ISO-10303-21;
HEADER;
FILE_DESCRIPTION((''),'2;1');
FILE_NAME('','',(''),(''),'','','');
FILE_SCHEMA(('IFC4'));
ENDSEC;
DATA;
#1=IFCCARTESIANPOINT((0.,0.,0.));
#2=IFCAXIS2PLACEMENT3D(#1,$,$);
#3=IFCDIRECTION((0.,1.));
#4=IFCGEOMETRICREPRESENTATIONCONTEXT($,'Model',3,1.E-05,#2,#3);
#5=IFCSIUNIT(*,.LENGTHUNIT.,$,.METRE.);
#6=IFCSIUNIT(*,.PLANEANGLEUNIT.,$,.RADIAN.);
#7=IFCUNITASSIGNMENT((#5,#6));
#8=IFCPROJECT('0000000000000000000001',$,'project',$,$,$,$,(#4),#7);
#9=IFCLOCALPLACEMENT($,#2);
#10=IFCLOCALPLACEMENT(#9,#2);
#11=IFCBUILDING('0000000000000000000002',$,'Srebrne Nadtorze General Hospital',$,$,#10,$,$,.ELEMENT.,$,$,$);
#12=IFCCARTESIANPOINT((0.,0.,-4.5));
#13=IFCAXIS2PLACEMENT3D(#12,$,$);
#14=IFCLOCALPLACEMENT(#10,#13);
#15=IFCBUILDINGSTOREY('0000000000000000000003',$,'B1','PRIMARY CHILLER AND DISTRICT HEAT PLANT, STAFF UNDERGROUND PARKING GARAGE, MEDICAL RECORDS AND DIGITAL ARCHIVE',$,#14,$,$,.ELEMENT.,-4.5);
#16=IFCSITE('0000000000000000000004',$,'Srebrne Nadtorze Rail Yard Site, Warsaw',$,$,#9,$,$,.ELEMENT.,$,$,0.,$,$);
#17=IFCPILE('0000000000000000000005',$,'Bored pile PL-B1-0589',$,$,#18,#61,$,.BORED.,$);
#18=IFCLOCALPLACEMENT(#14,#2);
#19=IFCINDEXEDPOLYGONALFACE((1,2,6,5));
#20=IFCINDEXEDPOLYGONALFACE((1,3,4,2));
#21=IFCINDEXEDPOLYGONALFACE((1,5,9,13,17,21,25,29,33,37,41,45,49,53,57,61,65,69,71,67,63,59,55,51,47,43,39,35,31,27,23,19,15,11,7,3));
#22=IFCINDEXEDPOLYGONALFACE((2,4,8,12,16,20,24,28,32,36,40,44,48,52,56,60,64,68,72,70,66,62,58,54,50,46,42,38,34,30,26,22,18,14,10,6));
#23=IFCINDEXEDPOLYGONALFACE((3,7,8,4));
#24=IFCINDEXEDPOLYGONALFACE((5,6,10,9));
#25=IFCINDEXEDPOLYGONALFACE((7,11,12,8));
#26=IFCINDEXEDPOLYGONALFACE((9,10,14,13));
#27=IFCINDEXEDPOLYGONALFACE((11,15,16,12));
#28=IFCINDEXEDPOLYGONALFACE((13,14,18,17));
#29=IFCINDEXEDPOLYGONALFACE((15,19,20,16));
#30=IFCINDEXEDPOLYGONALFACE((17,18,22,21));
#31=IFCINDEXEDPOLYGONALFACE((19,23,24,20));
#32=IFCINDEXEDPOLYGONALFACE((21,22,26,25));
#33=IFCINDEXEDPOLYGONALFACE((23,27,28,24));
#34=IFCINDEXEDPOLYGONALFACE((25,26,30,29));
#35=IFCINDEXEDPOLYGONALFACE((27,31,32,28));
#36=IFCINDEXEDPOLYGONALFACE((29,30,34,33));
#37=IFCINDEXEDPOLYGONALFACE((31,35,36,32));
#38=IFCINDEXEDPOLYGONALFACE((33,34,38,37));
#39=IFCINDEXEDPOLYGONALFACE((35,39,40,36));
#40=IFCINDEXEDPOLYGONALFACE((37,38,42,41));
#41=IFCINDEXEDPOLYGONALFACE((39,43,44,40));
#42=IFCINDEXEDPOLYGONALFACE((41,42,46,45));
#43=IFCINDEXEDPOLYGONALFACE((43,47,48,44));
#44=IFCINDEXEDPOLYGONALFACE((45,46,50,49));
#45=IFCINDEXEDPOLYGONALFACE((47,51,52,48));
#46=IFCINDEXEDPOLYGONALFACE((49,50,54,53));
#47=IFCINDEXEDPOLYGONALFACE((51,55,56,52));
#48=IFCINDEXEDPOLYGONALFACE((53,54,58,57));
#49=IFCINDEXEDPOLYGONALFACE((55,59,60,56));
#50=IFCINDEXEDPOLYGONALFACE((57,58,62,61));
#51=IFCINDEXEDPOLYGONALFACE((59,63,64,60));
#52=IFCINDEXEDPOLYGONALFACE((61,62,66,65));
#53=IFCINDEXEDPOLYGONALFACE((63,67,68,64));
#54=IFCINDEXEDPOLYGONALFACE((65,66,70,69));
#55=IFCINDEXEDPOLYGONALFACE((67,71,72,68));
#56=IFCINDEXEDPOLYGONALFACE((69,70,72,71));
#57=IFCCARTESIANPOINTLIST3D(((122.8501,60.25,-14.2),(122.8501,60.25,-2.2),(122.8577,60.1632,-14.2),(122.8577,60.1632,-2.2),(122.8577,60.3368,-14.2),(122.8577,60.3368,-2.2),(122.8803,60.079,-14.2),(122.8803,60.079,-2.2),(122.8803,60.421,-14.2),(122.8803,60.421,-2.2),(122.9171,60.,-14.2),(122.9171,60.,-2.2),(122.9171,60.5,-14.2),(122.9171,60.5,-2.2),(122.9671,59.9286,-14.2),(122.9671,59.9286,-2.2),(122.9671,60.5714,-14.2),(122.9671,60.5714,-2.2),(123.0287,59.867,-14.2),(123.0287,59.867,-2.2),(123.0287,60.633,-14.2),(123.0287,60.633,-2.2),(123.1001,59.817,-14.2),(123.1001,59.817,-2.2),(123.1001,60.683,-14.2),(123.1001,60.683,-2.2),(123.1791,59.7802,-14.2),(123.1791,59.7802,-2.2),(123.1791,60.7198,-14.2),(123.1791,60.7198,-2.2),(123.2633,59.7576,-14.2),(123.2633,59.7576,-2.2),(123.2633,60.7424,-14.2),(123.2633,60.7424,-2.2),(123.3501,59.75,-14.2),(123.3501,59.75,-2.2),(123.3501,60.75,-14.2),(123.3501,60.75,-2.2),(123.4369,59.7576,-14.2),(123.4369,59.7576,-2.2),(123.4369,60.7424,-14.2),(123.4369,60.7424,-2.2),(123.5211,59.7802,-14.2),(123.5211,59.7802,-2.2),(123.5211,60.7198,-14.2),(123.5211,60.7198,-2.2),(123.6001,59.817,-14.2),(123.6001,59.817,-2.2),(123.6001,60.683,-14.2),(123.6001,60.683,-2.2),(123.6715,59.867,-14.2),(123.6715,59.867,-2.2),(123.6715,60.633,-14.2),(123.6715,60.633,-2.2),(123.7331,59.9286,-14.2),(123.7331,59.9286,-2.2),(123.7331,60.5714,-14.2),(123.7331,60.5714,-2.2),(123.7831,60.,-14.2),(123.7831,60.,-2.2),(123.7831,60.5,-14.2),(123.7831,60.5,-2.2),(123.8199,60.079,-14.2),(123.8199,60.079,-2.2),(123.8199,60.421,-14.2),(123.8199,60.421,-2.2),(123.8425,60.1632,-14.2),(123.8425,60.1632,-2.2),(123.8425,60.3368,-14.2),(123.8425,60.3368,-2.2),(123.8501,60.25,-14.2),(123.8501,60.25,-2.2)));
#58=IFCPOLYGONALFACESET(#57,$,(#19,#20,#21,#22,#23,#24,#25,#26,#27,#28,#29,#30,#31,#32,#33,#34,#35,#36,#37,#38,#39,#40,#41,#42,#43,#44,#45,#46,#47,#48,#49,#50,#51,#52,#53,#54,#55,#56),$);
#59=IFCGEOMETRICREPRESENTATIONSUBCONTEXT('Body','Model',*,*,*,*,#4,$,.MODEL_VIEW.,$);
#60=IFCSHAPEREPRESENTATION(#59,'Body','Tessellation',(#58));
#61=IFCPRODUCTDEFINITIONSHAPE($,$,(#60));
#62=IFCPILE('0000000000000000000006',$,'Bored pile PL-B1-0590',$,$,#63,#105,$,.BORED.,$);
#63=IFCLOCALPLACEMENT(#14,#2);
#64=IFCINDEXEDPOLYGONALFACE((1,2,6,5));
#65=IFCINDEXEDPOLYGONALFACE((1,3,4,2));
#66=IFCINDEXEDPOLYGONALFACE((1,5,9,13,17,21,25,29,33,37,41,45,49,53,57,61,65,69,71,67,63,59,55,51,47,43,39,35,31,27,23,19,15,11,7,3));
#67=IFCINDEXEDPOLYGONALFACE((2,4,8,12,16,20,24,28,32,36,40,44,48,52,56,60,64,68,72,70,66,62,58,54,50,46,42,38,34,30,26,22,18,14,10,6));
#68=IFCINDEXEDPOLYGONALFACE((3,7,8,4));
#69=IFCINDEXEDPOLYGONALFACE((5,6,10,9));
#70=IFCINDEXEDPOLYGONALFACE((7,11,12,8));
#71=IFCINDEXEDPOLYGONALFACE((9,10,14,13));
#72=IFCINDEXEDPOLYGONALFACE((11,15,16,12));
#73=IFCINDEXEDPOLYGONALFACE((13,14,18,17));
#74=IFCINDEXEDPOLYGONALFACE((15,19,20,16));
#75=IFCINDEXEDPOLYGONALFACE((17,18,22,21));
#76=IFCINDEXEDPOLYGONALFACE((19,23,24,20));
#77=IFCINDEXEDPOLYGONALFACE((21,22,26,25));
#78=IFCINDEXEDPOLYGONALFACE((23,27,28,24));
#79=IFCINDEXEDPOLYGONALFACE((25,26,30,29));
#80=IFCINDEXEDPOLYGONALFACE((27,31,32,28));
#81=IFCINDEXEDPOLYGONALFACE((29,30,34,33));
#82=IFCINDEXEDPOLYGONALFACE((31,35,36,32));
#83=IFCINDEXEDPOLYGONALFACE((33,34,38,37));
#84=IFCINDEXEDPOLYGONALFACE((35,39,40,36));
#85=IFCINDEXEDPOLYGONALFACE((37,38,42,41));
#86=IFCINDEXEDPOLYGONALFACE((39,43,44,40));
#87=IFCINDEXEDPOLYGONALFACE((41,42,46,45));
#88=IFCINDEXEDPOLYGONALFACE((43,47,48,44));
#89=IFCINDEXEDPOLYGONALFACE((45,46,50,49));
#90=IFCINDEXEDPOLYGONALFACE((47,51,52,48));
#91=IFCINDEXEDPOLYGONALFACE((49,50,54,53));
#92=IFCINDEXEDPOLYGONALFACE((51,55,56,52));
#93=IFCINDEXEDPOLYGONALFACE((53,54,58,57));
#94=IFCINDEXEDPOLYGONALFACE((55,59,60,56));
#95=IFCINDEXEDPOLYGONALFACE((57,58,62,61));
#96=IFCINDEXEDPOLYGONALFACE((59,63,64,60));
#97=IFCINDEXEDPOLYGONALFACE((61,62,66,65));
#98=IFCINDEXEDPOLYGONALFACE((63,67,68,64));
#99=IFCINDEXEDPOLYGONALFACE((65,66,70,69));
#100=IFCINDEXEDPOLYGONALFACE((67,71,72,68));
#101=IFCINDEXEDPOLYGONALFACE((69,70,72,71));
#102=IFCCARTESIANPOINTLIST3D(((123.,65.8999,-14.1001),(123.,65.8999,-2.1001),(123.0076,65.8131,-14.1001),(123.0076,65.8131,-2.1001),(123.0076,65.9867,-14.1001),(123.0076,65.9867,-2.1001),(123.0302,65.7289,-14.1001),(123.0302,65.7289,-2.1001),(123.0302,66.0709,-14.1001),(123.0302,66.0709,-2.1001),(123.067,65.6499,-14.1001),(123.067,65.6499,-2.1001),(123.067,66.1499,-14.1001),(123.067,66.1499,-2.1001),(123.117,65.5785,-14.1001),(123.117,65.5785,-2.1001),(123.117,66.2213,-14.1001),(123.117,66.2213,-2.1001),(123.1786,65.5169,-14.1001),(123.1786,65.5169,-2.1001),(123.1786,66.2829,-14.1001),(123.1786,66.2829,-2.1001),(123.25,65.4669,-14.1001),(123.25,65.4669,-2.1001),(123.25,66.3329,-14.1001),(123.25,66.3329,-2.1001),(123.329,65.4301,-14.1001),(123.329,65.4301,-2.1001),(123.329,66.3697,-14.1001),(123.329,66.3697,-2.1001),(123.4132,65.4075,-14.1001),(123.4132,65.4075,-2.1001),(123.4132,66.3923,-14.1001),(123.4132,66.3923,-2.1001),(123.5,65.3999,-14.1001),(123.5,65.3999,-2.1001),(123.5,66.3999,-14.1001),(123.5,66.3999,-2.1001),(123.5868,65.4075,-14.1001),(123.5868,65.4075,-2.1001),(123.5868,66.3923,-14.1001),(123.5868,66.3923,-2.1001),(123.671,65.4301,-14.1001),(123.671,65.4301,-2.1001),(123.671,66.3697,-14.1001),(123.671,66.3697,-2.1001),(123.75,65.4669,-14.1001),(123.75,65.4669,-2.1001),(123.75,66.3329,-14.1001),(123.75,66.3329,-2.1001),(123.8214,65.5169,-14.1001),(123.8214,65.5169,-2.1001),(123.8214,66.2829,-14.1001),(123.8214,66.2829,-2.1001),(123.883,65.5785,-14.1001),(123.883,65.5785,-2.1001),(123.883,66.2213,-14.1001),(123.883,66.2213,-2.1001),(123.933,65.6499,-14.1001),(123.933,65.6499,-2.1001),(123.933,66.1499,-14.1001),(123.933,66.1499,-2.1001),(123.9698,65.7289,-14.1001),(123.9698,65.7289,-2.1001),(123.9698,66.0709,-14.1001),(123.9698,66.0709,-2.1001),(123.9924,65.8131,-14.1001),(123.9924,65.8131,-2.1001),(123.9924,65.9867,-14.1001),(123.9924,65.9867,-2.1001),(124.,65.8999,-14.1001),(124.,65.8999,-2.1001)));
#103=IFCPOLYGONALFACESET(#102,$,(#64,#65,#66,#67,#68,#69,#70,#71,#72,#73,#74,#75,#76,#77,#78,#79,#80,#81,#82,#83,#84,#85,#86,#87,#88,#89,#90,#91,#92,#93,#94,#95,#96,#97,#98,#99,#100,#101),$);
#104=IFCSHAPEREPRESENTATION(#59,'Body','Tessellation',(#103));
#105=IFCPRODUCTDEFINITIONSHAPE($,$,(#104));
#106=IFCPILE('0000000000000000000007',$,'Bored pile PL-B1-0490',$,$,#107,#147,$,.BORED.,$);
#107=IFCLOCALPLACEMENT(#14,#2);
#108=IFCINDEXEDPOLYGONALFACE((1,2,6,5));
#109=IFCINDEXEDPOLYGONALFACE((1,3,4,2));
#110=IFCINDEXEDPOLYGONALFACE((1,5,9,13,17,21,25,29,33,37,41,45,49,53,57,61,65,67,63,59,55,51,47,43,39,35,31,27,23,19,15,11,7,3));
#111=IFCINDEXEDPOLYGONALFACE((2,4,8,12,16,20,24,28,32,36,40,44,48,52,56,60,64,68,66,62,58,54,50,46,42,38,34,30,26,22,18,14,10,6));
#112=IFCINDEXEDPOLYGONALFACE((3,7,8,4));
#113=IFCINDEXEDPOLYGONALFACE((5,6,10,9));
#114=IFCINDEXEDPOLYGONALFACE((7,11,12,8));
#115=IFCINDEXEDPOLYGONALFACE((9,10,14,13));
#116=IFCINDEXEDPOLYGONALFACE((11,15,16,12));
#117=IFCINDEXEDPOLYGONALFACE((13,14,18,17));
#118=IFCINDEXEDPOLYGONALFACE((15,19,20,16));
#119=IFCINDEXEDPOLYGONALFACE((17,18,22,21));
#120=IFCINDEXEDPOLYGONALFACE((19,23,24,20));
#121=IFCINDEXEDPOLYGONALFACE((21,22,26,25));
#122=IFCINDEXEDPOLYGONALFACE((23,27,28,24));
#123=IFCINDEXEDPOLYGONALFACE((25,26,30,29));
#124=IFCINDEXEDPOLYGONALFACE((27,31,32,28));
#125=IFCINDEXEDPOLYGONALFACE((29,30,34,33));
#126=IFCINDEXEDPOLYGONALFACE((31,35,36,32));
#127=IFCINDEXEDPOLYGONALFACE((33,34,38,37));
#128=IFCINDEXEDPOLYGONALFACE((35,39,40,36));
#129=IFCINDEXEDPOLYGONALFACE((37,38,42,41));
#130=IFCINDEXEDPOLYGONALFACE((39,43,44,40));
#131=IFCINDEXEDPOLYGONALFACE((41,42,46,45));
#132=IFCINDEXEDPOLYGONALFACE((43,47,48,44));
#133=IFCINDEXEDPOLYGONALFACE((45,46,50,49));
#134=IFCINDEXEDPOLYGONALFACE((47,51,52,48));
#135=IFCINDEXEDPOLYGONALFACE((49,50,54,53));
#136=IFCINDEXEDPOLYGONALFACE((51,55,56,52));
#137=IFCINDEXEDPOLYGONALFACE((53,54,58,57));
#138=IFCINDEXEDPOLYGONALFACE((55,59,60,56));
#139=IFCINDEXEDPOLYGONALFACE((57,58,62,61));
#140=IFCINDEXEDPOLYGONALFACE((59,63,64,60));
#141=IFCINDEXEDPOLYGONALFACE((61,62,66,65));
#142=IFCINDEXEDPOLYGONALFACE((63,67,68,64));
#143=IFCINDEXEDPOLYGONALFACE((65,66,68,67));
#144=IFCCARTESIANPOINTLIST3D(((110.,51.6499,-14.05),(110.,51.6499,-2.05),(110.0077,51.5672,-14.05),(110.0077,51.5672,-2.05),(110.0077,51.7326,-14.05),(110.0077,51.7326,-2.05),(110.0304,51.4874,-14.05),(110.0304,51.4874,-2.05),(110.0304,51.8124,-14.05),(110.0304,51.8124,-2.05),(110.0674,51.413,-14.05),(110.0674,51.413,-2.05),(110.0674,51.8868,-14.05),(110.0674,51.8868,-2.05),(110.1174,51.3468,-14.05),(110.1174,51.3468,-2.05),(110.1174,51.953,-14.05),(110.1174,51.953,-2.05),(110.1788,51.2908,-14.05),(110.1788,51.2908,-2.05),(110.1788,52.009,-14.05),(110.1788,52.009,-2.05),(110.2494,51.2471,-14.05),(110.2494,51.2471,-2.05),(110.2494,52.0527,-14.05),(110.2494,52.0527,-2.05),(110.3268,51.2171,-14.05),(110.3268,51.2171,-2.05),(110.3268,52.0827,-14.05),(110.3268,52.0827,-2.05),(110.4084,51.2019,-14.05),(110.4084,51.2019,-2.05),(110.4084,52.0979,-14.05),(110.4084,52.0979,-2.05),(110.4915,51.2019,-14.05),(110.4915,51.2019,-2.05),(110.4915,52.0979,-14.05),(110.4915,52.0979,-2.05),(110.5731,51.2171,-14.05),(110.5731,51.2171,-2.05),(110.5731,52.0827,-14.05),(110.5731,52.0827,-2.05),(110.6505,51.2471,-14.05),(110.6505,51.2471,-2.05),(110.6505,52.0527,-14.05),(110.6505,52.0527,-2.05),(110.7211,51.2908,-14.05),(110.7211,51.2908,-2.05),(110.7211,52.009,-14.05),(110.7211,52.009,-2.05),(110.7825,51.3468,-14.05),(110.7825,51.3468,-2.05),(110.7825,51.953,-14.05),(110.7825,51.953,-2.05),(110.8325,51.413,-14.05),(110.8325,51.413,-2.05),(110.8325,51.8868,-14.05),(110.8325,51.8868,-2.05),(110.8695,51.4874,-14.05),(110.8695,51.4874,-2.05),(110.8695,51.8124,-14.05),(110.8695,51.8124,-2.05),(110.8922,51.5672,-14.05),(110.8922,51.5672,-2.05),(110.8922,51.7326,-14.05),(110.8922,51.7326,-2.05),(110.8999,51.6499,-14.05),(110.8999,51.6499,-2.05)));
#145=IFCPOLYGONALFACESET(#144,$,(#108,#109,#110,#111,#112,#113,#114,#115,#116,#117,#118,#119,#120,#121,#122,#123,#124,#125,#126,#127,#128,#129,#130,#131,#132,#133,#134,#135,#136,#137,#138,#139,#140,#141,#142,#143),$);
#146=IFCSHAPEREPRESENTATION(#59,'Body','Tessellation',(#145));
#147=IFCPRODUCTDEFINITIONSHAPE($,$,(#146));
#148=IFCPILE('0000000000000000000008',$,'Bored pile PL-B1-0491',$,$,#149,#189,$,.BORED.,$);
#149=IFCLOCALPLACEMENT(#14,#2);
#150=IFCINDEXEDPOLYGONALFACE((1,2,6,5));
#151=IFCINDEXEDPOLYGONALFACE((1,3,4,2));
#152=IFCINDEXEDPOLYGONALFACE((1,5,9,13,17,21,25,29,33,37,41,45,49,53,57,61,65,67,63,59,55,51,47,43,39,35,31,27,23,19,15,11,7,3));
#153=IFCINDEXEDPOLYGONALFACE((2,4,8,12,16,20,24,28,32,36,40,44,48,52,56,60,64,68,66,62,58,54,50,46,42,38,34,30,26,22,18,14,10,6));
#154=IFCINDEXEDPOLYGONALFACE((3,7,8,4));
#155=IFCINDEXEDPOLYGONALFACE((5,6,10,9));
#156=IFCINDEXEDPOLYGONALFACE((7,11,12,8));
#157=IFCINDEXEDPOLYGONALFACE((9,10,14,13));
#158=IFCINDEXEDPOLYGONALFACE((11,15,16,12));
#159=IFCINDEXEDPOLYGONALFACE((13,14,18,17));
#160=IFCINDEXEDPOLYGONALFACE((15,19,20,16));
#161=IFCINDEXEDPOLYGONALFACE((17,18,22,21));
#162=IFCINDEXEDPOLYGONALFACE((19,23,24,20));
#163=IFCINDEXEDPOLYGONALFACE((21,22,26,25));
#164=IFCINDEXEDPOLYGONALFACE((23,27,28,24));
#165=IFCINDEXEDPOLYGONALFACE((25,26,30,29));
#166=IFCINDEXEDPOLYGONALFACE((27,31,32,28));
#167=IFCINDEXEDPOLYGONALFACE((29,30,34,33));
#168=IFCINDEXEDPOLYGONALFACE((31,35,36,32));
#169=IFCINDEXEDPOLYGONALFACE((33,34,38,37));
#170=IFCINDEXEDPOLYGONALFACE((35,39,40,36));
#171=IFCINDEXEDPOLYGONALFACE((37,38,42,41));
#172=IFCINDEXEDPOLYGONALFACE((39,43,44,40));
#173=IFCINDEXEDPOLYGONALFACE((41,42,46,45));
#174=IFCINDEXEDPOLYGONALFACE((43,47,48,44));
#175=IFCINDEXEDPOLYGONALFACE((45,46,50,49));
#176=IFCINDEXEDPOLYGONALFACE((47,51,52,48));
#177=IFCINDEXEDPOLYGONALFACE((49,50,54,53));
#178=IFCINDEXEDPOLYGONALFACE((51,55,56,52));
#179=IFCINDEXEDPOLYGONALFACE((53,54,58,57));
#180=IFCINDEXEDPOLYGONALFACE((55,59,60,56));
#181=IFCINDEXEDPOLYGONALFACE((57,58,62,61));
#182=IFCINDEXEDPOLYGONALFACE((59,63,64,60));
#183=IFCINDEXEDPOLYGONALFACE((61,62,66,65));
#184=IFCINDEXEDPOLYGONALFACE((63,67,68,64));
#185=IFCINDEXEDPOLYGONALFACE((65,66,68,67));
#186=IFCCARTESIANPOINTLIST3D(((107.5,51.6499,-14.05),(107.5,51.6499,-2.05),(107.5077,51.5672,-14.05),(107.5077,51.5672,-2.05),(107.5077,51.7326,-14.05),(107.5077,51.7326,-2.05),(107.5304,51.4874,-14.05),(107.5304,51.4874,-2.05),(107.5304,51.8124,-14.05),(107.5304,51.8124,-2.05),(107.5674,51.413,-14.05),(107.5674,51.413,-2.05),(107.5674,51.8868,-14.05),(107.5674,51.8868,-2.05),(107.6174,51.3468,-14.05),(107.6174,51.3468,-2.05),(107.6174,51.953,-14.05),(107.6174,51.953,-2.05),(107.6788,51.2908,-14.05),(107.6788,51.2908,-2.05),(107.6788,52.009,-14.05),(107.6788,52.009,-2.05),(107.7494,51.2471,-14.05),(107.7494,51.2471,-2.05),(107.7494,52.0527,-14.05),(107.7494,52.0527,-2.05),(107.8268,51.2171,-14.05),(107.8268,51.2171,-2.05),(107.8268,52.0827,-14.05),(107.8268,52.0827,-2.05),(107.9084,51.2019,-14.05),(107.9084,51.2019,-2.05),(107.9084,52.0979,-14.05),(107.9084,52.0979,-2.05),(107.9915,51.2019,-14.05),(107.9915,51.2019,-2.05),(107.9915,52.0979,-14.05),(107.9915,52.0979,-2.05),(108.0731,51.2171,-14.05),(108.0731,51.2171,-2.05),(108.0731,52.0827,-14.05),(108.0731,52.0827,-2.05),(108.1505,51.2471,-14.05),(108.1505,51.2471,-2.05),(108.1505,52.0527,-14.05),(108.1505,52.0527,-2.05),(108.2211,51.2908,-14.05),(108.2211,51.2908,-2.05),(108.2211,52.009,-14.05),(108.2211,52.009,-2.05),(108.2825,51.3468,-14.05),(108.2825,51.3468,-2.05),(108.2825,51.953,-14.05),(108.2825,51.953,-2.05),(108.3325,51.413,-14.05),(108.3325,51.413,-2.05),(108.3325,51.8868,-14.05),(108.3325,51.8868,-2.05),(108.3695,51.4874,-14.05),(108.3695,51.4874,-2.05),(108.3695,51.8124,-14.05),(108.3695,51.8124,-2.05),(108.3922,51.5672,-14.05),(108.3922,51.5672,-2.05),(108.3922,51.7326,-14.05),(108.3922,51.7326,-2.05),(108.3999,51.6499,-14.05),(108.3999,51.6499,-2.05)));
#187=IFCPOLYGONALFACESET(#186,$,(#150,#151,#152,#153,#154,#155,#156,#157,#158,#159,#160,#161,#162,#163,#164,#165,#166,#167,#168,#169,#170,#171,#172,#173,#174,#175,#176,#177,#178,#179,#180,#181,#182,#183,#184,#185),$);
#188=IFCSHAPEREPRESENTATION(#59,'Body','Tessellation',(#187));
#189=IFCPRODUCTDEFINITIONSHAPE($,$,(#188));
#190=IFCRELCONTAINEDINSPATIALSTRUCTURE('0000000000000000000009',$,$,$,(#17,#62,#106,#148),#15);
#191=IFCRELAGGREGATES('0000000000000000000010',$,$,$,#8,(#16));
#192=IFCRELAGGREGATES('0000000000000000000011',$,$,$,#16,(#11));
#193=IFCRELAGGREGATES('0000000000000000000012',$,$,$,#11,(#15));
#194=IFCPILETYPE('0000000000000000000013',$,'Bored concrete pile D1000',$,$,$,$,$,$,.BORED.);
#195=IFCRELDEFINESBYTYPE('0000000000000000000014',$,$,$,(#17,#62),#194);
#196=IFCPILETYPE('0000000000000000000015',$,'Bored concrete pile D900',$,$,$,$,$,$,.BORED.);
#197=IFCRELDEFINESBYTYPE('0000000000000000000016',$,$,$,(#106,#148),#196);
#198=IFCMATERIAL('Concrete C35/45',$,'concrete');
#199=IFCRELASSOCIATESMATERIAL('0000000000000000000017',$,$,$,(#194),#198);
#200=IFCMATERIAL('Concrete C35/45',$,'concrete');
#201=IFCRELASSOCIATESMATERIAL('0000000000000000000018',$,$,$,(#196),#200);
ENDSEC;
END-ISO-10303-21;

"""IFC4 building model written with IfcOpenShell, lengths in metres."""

from ifc_helpers import new_model, si_unit, direction, frame, origin, origin_2d, place, context, subcontext, project, spatial, circle, extrude, material, material_profile, profile_set, type_object, element, save


model = new_model("IFC4")

# Units and contexts
model_context = context("Model", 3, precision=1e-05, world=origin(), true_north=direction((0.0, 1.0)))
body_context = subcontext(model_context, "Body", "Model", "MODEL_VIEW")
ifc_project = project(units=[si_unit("LENGTHUNIT", "METRE"), si_unit("PLANEANGLEUNIT", "RADIAN")], contexts=[model_context])

# Site, building, storey
site_placement = place(None, origin())
site = spatial("IfcSite", under=ifc_project, at=site_placement, Name="Srebrne Nadtorze Rail Yard Site, Warsaw", CompositionType="ELEMENT", RefElevation=0.0)
building_placement = place(site_placement, origin())
building = spatial("IfcBuilding", under=site, at=building_placement, Name="Srebrne Nadtorze General Hospital", CompositionType="ELEMENT")
storey_placement = place(building_placement, frame((0.0, 0.0, -4.5)))
storey = spatial("IfcBuildingStorey", under=building, at=storey_placement, Name="B1", Description="PRIMARY CHILLER AND DISTRICT HEAT PLANT, STAFF UNDERGROUND PARKING GARAGE, MEDICAL RECORDS AND DIGITAL ARCHIVE", CompositionType="ELEMENT", Elevation=-4.5)

# Piles
ifc_material_1 = material(Name="Concrete C35/45", Category="concrete")
ifc_material_profile_1 = material_profile(ifc_material_1, circle(Radius=0.5, at=origin_2d()), Name="PILE-D1000")
ifc_profile_set_1 = profile_set([ifc_material_profile_1], Name="Concrete C35/45")
pile_type_1 = type_object("IfcPileType", Name="Bored concrete pile D1000", PredefinedType="BORED", material=ifc_profile_set_1)
for number, where, z_axis, x_axis, name in (
    (1, (123.3501, 60.25, -2.2), (0.0, 0.0, -1.0), (1.0, 0.0, 0.0), "Bored pile PL-B1-0589"),
    (2, (123.5, 65.8999, -2.1001), (0.0, 0.0, -1.0), (1.0, 0.0, 0.0), "Bored pile PL-B1-0590"),
):
    element("IfcPile", number, at=place(storey_placement, frame(where, z_axis=z_axis, x_axis=x_axis)), inside=storey, type_object=pile_type_1, Name=name, PredefinedType="BORED", context=body_context, shape_type="SweptSolid", body=[
        extrude(circle(Radius=0.5, at=origin_2d()), origin(), (0.0, 0.0, 1.0), 12.0),
    ])
ifc_material_2 = material(Name="Concrete C35/45", Category="concrete")
ifc_material_profile_2 = material_profile(ifc_material_2, circle(Radius=0.45, at=origin_2d()), Name="PILE-D900")
ifc_profile_set_2 = profile_set([ifc_material_profile_2], Name="Concrete C35/45")
pile_type_2 = type_object("IfcPileType", Name="Bored concrete pile D900", PredefinedType="BORED", material=ifc_profile_set_2)
for number, where, z_axis, x_axis, name in (
    (3, (110.45, 51.6499, -2.05), (0.0, 0.0, -1.0), (1.0, 0.0, 0.0), "Bored pile PL-B1-0490"),
    (4, (107.95, 51.6499, -2.05), (0.0, 0.0, -1.0), (1.0, 0.0, 0.0), "Bored pile PL-B1-0491"),
):
    element("IfcPile", number, at=place(storey_placement, frame(where, z_axis=z_axis, x_axis=x_axis)), inside=storey, type_object=pile_type_2, Name=name, PredefinedType="BORED", context=body_context, shape_type="SweptSolid", body=[
        extrude(circle(Radius=0.45, at=origin_2d()), origin(), (0.0, 0.0, 1.0), 12.0),
    ])

save(model, "model.ifc")
